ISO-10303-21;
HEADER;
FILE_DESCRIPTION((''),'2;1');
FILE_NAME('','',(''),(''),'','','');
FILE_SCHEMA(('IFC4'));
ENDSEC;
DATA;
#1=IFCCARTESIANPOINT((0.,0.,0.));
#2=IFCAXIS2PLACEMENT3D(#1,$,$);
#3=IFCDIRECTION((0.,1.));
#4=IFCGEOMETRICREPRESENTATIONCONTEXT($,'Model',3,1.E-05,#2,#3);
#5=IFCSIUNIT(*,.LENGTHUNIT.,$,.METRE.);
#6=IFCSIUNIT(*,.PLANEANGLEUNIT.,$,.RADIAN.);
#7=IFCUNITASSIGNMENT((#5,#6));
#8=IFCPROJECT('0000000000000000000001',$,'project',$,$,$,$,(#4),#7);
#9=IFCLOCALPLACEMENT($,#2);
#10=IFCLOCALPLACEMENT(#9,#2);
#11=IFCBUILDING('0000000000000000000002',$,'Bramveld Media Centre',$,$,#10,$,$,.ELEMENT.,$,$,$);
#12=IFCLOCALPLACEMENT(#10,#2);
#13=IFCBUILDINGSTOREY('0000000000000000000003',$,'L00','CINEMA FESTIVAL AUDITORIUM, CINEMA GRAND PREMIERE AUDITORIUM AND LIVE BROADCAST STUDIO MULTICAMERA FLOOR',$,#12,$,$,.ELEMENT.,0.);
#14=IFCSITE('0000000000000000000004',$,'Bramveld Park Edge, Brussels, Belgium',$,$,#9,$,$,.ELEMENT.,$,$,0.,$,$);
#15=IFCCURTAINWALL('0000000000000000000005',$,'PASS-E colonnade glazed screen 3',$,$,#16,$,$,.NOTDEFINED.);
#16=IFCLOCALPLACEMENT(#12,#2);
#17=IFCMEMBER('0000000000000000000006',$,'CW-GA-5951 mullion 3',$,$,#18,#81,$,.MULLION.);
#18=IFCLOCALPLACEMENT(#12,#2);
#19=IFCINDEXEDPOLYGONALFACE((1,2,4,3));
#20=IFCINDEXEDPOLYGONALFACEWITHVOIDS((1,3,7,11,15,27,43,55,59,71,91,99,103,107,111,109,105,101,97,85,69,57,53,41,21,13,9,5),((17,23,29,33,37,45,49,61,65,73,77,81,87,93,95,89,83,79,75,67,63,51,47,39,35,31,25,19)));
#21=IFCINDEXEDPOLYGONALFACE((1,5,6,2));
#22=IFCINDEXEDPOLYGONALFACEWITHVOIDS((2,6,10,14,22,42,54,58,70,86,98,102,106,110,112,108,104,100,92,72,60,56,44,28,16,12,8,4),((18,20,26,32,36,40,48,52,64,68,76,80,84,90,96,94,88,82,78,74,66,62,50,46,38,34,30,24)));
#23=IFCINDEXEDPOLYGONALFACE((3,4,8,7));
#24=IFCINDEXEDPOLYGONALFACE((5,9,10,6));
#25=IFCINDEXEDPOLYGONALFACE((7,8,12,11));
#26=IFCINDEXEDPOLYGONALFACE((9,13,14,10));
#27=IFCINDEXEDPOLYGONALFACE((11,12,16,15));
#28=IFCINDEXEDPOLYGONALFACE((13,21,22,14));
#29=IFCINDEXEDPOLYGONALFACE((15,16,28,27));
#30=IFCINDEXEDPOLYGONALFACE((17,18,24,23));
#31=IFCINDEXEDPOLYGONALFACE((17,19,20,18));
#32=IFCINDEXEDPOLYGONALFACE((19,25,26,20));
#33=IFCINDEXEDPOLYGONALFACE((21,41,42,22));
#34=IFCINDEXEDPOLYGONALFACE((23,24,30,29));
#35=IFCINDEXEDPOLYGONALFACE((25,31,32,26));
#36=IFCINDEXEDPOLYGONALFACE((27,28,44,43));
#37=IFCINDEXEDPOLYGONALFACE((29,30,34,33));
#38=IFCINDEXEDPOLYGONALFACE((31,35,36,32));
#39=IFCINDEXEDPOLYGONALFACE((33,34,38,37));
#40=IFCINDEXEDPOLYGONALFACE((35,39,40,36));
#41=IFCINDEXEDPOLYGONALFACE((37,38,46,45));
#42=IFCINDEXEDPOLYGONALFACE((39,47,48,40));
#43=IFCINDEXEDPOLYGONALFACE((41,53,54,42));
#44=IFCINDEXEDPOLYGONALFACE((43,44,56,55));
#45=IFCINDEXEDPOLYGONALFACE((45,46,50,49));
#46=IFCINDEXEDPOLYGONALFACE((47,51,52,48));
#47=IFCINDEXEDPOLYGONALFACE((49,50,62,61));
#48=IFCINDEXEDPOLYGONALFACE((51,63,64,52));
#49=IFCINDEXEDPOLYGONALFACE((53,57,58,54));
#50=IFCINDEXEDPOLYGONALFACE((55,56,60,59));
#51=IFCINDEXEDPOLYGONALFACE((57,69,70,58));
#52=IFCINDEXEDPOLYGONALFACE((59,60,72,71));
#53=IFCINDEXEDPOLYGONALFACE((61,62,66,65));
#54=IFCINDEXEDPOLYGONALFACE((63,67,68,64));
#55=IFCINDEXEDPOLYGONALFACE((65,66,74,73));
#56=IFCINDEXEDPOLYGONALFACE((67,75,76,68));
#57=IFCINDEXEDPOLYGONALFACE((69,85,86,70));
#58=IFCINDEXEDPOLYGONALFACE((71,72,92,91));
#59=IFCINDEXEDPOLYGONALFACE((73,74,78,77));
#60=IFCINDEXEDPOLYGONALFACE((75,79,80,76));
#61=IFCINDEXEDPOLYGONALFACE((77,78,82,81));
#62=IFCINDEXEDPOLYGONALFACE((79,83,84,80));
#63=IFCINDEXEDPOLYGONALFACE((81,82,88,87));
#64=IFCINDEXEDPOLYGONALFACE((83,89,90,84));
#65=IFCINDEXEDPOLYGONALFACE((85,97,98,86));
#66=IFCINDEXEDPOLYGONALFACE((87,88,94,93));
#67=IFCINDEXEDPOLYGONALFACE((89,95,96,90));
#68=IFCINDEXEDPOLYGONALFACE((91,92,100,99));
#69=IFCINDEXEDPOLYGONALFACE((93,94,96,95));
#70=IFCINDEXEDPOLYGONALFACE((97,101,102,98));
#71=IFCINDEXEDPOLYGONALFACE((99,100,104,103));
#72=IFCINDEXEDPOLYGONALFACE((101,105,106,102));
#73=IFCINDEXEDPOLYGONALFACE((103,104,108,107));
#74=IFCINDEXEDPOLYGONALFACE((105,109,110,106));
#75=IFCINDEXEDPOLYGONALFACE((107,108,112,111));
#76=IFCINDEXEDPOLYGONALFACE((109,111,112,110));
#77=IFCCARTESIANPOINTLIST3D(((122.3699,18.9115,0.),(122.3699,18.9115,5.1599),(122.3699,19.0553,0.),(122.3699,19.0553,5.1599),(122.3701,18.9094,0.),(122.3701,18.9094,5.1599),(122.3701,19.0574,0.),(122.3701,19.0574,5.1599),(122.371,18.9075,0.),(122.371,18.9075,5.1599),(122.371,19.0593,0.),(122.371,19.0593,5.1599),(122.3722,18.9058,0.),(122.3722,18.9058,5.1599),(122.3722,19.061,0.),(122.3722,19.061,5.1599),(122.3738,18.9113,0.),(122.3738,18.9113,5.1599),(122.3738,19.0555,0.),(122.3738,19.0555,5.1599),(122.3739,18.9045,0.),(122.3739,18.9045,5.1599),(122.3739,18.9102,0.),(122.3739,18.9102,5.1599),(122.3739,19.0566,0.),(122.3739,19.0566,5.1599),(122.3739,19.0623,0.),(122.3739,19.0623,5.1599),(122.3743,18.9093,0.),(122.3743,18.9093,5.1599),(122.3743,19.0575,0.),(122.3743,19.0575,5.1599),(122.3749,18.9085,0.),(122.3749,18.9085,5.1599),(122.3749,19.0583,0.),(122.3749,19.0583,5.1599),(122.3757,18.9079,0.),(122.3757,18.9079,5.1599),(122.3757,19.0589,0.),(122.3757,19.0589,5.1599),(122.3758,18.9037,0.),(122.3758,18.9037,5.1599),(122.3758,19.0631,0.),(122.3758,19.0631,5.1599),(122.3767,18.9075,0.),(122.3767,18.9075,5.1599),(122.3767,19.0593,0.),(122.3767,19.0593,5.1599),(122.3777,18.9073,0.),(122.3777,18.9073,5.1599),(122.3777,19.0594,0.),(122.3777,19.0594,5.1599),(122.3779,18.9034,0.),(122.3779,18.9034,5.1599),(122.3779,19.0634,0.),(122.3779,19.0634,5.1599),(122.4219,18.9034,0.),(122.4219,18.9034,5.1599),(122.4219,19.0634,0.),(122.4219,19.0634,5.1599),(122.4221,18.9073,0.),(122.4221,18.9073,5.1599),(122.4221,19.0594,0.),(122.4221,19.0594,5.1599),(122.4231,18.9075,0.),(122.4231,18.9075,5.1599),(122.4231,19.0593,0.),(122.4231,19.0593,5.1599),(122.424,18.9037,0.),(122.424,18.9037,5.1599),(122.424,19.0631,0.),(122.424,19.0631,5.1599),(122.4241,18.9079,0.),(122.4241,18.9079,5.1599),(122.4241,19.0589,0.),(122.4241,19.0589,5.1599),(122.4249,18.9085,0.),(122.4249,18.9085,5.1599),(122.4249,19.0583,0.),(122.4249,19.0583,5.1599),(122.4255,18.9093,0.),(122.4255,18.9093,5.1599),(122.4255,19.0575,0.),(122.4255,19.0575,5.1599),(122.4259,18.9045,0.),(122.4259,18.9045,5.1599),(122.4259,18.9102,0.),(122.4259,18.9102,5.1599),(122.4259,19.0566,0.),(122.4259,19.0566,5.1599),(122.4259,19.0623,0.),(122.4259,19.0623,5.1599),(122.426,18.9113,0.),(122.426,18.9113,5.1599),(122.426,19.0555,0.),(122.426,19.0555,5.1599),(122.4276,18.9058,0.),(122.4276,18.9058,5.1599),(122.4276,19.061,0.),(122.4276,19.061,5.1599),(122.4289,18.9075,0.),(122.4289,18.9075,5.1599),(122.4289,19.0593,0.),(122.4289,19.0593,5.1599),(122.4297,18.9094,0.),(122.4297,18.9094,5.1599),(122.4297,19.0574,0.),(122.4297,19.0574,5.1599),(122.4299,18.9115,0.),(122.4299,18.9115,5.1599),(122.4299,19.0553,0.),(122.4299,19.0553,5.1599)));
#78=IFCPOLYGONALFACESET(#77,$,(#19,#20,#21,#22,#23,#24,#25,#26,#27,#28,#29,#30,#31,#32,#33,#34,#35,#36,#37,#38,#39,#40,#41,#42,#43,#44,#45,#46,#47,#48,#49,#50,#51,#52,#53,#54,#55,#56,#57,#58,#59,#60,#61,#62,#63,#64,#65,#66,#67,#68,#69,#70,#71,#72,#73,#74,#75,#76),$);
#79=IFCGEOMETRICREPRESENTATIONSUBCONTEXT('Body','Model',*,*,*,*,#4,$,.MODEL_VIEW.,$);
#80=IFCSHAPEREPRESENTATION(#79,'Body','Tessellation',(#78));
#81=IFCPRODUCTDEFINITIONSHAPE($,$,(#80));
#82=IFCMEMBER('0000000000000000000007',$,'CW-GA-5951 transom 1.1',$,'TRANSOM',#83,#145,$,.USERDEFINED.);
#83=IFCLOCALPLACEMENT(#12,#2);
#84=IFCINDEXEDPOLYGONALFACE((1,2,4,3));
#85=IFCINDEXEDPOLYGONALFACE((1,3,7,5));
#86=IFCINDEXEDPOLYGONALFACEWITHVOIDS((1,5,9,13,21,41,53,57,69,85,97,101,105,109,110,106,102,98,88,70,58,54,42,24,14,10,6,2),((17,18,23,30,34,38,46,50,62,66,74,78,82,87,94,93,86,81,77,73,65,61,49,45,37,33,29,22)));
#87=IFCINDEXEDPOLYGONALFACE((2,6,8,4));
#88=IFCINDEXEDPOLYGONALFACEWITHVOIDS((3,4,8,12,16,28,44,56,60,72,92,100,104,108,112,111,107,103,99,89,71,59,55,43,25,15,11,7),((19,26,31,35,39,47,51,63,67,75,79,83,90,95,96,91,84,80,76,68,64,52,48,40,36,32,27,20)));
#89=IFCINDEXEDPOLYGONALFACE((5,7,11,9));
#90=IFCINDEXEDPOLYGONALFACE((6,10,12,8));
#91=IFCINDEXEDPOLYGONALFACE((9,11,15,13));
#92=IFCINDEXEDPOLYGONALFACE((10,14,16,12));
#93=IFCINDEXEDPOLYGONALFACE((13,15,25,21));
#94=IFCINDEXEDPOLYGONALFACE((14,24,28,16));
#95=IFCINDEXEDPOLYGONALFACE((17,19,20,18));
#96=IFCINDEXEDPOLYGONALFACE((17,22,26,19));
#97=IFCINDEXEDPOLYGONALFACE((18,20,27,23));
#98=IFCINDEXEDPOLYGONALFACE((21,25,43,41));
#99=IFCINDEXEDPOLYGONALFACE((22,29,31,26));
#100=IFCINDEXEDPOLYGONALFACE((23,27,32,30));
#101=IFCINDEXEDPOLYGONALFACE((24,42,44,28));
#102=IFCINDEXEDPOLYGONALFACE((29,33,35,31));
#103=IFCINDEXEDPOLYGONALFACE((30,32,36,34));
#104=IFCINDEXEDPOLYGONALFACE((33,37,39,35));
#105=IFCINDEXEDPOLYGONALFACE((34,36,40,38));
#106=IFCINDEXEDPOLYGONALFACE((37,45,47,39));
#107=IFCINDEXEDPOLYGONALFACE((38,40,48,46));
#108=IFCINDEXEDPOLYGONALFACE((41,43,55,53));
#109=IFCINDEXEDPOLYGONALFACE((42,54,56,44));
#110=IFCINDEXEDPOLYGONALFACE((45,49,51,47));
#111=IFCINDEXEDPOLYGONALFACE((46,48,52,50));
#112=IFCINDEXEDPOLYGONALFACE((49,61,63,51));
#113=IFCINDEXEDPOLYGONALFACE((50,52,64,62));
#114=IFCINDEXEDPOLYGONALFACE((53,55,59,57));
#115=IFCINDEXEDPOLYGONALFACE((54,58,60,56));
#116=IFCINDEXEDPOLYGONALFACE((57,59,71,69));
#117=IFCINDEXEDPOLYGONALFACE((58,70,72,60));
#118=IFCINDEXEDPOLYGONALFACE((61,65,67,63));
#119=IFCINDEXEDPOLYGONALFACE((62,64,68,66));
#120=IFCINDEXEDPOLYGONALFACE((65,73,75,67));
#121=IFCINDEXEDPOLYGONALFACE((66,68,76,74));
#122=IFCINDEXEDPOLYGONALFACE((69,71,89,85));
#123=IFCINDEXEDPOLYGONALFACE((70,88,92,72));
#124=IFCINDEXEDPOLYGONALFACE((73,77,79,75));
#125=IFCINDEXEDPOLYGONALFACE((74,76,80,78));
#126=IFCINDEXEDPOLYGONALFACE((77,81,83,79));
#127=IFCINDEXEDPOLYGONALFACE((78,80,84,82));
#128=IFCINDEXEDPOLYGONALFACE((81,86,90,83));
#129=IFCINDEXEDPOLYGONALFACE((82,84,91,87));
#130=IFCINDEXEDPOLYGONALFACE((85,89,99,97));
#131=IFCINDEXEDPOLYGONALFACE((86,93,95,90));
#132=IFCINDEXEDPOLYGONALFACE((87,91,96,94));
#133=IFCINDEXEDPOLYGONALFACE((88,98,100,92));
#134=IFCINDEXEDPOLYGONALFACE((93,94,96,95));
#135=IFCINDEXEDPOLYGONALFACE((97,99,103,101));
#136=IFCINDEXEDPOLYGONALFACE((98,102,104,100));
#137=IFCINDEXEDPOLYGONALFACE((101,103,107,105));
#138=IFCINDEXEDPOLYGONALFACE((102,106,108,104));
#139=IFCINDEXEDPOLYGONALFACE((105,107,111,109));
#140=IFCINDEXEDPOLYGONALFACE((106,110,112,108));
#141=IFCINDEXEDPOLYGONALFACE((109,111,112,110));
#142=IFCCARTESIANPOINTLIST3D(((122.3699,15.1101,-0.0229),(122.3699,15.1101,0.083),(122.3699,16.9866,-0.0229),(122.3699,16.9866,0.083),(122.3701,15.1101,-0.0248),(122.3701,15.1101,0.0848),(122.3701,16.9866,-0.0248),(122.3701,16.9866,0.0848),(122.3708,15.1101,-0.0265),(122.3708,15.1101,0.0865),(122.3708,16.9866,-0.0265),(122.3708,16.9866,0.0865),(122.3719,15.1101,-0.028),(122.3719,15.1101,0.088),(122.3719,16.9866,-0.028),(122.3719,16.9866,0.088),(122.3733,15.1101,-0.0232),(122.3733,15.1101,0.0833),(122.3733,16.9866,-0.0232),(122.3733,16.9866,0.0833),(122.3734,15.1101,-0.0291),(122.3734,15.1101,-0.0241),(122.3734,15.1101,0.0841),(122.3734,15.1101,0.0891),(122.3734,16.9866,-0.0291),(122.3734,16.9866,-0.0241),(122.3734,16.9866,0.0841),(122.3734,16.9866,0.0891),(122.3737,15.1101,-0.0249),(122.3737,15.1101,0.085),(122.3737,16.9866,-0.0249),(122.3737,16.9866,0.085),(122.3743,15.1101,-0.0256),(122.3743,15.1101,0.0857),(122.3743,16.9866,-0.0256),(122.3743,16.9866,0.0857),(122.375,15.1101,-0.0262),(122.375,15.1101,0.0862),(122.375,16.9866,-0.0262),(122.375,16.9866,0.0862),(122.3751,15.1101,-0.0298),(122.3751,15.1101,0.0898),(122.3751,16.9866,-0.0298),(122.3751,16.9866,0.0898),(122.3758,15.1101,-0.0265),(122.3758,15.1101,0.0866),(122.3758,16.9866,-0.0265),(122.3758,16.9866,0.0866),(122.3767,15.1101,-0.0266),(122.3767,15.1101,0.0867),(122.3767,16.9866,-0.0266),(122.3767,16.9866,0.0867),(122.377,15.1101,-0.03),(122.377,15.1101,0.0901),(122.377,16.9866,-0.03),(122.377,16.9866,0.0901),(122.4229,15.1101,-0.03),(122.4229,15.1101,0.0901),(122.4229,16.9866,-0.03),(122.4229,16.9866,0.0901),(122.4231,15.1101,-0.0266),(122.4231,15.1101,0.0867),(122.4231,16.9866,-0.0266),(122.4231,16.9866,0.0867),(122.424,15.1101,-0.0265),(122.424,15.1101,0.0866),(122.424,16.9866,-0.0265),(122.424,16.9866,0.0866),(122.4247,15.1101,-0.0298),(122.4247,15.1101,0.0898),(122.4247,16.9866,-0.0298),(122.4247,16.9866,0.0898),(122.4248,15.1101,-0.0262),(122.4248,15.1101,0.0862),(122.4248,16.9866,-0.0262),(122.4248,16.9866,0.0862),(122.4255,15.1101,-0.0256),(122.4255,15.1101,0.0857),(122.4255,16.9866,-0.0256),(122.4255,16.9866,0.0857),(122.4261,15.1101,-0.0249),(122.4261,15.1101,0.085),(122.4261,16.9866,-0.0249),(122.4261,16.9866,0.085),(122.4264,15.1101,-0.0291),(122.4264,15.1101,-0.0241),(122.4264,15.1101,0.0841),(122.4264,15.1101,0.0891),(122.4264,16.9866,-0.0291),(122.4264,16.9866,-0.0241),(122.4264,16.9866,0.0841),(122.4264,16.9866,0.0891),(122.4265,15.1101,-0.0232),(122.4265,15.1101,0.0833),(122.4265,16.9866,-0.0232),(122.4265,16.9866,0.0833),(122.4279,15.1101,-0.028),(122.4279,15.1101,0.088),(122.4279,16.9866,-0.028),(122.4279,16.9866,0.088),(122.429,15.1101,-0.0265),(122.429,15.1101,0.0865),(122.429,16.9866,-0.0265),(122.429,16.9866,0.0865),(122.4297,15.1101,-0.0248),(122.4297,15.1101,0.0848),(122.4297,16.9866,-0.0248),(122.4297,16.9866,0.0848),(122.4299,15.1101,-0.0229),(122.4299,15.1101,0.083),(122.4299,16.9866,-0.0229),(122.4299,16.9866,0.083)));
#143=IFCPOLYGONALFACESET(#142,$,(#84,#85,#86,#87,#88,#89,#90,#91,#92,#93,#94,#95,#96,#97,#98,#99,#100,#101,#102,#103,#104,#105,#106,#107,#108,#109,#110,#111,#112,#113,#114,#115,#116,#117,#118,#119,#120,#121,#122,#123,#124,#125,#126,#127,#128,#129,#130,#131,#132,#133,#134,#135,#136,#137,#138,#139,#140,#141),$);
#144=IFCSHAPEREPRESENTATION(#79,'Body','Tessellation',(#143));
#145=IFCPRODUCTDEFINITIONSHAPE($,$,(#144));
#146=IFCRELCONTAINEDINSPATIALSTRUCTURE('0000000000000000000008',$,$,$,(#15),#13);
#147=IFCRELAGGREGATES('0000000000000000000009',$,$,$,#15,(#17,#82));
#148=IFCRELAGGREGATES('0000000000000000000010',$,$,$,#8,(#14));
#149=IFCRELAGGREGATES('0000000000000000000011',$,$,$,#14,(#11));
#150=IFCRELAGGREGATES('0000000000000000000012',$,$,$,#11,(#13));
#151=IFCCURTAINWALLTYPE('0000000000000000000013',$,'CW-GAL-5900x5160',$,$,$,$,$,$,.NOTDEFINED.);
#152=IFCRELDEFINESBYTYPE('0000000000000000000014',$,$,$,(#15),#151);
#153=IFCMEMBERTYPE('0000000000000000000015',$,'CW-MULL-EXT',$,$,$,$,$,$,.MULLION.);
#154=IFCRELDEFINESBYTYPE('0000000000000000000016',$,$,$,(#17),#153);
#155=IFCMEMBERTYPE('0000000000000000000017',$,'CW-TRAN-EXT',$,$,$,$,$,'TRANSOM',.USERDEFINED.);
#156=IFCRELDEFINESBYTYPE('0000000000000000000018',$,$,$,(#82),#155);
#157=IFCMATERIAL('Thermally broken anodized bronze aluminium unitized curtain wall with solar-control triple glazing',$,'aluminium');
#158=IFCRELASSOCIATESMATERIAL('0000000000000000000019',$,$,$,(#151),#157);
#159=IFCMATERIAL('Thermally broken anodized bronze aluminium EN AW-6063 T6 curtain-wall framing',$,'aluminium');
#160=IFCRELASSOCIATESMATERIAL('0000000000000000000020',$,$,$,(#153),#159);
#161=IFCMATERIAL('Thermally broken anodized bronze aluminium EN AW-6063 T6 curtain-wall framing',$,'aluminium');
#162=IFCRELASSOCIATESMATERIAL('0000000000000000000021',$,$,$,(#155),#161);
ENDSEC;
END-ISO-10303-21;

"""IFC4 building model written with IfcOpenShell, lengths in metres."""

from ifc_helpers import new_model, si_unit, direction, frame, origin, origin_2d, place, context, subcontext, project, spatial, hollow_rectangle, extrude, material, material_profile, profile_set, type_object, element, aggregate, save


model = new_model("IFC4")

# Units and contexts
model_context = context("Model", 3, precision=1e-05, world=origin(), true_north=direction((0.0, 1.0)))
body_context = subcontext(model_context, "Body", "Model", "MODEL_VIEW")
ifc_project = project(units=[si_unit("LENGTHUNIT", "METRE"), si_unit("PLANEANGLEUNIT", "RADIAN")], contexts=[model_context])

# Site, building, storey
site_placement = place(None, origin())
site = spatial("IfcSite", under=ifc_project, at=site_placement, Name="Bramveld Park Edge, Brussels, Belgium", CompositionType="ELEMENT", RefElevation=0.0)
building_placement = place(site_placement, origin())
building = spatial("IfcBuilding", under=site, at=building_placement, Name="Bramveld Media Centre", CompositionType="ELEMENT")
storey_placement = place(building_placement, origin())
storey = spatial("IfcBuildingStorey", under=building, at=storey_placement, Name="L00", Description="CINEMA FESTIVAL AUDITORIUM, CINEMA GRAND PREMIERE AUDITORIUM AND LIVE BROADCAST STUDIO MULTICAMERA FLOOR", CompositionType="ELEMENT", Elevation=0.0)

# Curtain wall, members
ifc_material_1 = material(Name="Thermally broken anodized bronze aluminium unitized curtain wall with solar-control triple glazing", Category="aluminium")
curtain_wall_type = type_object("IfcCurtainWallType", Name="CW-GAL-5900x5160", PredefinedType="NOTDEFINED", material=ifc_material_1)
curtain_wall_placement = place(storey_placement, origin())
curtain_wall = element("IfcCurtainWall", 1, at=curtain_wall_placement, inside=storey, type_object=curtain_wall_type, Name="PASS-E colonnade glazed screen 3", PredefinedType="NOTDEFINED")
ifc_material_2 = material(Name="Thermally broken anodized bronze aluminium EN AW-6063 T6 curtain-wall framing", Category="aluminium")
ifc_material_profile_1 = material_profile(ifc_material_2, hollow_rectangle(XDim=0.0601, YDim=0.1599, WallThickness=0.0039, InnerFilletRadius=0.0039, OuterFilletRadius=0.0081, at=origin_2d()), Name="AL-MULL 60x160")
ifc_profile_set_1 = profile_set([ifc_material_profile_1], Name="Thermally broken anodized bronze aluminium EN AW-6063 T6 curtain-wall framing")
member_type_1 = type_object("IfcMemberType", Name="CW-MULL-EXT", PredefinedType="MULLION", material=ifc_profile_set_1)
member_1_placement = place(storey_placement, frame((122.3999, 18.9834, 0.0), z_axis=(0.0, 0.0, 1.0), x_axis=(-1.0, 0.0, 0.0)))
member_1 = element("IfcMember", 2, at=member_1_placement, type_object=member_type_1, Name="CW-GA-5951 mullion 3", PredefinedType="MULLION", context=body_context, shape_type="SweptSolid", body=[
    extrude(hollow_rectangle(XDim=0.0601, YDim=0.1599, WallThickness=0.0039, InnerFilletRadius=0.0039, OuterFilletRadius=0.0081, at=origin_2d()), origin(), (0.0, 0.0, 1.0), 5.1599),
])
ifc_material_3 = material(Name="Thermally broken anodized bronze aluminium EN AW-6063 T6 curtain-wall framing", Category="aluminium")
ifc_material_profile_2 = material_profile(ifc_material_3, hollow_rectangle(XDim=0.0601, YDim=0.1201, WallThickness=0.0034, InnerFilletRadius=0.0034, OuterFilletRadius=0.0071, at=origin_2d()), Name="AL-TRAN 60x120")
ifc_profile_set_2 = profile_set([ifc_material_profile_2], Name="Thermally broken anodized bronze aluminium EN AW-6063 T6 curtain-wall framing")
member_type_2 = type_object("IfcMemberType", Name="CW-TRAN-EXT", ElementType="TRANSOM", PredefinedType="USERDEFINED", material=ifc_profile_set_2)
member_2_placement = place(storey_placement, frame((122.3999, 15.1101, 0.03), z_axis=(0.0, 1.0, 0.0), x_axis=(-1.0, 0.0, 0.0)))
member_2 = element("IfcMember", 3, at=member_2_placement, type_object=member_type_2, Name="CW-GA-5951 transom 1.1", ObjectType="TRANSOM", PredefinedType="USERDEFINED", context=body_context, shape_type="SweptSolid", body=[
    extrude(hollow_rectangle(XDim=0.0601, YDim=0.1201, WallThickness=0.0034, InnerFilletRadius=0.0034, OuterFilletRadius=0.0071, at=origin_2d()), origin(), (0.0, 0.0, 1.0), 1.8765),
])
aggregate(curtain_wall, [member_1, member_2])

save(model, "model.ifc")
